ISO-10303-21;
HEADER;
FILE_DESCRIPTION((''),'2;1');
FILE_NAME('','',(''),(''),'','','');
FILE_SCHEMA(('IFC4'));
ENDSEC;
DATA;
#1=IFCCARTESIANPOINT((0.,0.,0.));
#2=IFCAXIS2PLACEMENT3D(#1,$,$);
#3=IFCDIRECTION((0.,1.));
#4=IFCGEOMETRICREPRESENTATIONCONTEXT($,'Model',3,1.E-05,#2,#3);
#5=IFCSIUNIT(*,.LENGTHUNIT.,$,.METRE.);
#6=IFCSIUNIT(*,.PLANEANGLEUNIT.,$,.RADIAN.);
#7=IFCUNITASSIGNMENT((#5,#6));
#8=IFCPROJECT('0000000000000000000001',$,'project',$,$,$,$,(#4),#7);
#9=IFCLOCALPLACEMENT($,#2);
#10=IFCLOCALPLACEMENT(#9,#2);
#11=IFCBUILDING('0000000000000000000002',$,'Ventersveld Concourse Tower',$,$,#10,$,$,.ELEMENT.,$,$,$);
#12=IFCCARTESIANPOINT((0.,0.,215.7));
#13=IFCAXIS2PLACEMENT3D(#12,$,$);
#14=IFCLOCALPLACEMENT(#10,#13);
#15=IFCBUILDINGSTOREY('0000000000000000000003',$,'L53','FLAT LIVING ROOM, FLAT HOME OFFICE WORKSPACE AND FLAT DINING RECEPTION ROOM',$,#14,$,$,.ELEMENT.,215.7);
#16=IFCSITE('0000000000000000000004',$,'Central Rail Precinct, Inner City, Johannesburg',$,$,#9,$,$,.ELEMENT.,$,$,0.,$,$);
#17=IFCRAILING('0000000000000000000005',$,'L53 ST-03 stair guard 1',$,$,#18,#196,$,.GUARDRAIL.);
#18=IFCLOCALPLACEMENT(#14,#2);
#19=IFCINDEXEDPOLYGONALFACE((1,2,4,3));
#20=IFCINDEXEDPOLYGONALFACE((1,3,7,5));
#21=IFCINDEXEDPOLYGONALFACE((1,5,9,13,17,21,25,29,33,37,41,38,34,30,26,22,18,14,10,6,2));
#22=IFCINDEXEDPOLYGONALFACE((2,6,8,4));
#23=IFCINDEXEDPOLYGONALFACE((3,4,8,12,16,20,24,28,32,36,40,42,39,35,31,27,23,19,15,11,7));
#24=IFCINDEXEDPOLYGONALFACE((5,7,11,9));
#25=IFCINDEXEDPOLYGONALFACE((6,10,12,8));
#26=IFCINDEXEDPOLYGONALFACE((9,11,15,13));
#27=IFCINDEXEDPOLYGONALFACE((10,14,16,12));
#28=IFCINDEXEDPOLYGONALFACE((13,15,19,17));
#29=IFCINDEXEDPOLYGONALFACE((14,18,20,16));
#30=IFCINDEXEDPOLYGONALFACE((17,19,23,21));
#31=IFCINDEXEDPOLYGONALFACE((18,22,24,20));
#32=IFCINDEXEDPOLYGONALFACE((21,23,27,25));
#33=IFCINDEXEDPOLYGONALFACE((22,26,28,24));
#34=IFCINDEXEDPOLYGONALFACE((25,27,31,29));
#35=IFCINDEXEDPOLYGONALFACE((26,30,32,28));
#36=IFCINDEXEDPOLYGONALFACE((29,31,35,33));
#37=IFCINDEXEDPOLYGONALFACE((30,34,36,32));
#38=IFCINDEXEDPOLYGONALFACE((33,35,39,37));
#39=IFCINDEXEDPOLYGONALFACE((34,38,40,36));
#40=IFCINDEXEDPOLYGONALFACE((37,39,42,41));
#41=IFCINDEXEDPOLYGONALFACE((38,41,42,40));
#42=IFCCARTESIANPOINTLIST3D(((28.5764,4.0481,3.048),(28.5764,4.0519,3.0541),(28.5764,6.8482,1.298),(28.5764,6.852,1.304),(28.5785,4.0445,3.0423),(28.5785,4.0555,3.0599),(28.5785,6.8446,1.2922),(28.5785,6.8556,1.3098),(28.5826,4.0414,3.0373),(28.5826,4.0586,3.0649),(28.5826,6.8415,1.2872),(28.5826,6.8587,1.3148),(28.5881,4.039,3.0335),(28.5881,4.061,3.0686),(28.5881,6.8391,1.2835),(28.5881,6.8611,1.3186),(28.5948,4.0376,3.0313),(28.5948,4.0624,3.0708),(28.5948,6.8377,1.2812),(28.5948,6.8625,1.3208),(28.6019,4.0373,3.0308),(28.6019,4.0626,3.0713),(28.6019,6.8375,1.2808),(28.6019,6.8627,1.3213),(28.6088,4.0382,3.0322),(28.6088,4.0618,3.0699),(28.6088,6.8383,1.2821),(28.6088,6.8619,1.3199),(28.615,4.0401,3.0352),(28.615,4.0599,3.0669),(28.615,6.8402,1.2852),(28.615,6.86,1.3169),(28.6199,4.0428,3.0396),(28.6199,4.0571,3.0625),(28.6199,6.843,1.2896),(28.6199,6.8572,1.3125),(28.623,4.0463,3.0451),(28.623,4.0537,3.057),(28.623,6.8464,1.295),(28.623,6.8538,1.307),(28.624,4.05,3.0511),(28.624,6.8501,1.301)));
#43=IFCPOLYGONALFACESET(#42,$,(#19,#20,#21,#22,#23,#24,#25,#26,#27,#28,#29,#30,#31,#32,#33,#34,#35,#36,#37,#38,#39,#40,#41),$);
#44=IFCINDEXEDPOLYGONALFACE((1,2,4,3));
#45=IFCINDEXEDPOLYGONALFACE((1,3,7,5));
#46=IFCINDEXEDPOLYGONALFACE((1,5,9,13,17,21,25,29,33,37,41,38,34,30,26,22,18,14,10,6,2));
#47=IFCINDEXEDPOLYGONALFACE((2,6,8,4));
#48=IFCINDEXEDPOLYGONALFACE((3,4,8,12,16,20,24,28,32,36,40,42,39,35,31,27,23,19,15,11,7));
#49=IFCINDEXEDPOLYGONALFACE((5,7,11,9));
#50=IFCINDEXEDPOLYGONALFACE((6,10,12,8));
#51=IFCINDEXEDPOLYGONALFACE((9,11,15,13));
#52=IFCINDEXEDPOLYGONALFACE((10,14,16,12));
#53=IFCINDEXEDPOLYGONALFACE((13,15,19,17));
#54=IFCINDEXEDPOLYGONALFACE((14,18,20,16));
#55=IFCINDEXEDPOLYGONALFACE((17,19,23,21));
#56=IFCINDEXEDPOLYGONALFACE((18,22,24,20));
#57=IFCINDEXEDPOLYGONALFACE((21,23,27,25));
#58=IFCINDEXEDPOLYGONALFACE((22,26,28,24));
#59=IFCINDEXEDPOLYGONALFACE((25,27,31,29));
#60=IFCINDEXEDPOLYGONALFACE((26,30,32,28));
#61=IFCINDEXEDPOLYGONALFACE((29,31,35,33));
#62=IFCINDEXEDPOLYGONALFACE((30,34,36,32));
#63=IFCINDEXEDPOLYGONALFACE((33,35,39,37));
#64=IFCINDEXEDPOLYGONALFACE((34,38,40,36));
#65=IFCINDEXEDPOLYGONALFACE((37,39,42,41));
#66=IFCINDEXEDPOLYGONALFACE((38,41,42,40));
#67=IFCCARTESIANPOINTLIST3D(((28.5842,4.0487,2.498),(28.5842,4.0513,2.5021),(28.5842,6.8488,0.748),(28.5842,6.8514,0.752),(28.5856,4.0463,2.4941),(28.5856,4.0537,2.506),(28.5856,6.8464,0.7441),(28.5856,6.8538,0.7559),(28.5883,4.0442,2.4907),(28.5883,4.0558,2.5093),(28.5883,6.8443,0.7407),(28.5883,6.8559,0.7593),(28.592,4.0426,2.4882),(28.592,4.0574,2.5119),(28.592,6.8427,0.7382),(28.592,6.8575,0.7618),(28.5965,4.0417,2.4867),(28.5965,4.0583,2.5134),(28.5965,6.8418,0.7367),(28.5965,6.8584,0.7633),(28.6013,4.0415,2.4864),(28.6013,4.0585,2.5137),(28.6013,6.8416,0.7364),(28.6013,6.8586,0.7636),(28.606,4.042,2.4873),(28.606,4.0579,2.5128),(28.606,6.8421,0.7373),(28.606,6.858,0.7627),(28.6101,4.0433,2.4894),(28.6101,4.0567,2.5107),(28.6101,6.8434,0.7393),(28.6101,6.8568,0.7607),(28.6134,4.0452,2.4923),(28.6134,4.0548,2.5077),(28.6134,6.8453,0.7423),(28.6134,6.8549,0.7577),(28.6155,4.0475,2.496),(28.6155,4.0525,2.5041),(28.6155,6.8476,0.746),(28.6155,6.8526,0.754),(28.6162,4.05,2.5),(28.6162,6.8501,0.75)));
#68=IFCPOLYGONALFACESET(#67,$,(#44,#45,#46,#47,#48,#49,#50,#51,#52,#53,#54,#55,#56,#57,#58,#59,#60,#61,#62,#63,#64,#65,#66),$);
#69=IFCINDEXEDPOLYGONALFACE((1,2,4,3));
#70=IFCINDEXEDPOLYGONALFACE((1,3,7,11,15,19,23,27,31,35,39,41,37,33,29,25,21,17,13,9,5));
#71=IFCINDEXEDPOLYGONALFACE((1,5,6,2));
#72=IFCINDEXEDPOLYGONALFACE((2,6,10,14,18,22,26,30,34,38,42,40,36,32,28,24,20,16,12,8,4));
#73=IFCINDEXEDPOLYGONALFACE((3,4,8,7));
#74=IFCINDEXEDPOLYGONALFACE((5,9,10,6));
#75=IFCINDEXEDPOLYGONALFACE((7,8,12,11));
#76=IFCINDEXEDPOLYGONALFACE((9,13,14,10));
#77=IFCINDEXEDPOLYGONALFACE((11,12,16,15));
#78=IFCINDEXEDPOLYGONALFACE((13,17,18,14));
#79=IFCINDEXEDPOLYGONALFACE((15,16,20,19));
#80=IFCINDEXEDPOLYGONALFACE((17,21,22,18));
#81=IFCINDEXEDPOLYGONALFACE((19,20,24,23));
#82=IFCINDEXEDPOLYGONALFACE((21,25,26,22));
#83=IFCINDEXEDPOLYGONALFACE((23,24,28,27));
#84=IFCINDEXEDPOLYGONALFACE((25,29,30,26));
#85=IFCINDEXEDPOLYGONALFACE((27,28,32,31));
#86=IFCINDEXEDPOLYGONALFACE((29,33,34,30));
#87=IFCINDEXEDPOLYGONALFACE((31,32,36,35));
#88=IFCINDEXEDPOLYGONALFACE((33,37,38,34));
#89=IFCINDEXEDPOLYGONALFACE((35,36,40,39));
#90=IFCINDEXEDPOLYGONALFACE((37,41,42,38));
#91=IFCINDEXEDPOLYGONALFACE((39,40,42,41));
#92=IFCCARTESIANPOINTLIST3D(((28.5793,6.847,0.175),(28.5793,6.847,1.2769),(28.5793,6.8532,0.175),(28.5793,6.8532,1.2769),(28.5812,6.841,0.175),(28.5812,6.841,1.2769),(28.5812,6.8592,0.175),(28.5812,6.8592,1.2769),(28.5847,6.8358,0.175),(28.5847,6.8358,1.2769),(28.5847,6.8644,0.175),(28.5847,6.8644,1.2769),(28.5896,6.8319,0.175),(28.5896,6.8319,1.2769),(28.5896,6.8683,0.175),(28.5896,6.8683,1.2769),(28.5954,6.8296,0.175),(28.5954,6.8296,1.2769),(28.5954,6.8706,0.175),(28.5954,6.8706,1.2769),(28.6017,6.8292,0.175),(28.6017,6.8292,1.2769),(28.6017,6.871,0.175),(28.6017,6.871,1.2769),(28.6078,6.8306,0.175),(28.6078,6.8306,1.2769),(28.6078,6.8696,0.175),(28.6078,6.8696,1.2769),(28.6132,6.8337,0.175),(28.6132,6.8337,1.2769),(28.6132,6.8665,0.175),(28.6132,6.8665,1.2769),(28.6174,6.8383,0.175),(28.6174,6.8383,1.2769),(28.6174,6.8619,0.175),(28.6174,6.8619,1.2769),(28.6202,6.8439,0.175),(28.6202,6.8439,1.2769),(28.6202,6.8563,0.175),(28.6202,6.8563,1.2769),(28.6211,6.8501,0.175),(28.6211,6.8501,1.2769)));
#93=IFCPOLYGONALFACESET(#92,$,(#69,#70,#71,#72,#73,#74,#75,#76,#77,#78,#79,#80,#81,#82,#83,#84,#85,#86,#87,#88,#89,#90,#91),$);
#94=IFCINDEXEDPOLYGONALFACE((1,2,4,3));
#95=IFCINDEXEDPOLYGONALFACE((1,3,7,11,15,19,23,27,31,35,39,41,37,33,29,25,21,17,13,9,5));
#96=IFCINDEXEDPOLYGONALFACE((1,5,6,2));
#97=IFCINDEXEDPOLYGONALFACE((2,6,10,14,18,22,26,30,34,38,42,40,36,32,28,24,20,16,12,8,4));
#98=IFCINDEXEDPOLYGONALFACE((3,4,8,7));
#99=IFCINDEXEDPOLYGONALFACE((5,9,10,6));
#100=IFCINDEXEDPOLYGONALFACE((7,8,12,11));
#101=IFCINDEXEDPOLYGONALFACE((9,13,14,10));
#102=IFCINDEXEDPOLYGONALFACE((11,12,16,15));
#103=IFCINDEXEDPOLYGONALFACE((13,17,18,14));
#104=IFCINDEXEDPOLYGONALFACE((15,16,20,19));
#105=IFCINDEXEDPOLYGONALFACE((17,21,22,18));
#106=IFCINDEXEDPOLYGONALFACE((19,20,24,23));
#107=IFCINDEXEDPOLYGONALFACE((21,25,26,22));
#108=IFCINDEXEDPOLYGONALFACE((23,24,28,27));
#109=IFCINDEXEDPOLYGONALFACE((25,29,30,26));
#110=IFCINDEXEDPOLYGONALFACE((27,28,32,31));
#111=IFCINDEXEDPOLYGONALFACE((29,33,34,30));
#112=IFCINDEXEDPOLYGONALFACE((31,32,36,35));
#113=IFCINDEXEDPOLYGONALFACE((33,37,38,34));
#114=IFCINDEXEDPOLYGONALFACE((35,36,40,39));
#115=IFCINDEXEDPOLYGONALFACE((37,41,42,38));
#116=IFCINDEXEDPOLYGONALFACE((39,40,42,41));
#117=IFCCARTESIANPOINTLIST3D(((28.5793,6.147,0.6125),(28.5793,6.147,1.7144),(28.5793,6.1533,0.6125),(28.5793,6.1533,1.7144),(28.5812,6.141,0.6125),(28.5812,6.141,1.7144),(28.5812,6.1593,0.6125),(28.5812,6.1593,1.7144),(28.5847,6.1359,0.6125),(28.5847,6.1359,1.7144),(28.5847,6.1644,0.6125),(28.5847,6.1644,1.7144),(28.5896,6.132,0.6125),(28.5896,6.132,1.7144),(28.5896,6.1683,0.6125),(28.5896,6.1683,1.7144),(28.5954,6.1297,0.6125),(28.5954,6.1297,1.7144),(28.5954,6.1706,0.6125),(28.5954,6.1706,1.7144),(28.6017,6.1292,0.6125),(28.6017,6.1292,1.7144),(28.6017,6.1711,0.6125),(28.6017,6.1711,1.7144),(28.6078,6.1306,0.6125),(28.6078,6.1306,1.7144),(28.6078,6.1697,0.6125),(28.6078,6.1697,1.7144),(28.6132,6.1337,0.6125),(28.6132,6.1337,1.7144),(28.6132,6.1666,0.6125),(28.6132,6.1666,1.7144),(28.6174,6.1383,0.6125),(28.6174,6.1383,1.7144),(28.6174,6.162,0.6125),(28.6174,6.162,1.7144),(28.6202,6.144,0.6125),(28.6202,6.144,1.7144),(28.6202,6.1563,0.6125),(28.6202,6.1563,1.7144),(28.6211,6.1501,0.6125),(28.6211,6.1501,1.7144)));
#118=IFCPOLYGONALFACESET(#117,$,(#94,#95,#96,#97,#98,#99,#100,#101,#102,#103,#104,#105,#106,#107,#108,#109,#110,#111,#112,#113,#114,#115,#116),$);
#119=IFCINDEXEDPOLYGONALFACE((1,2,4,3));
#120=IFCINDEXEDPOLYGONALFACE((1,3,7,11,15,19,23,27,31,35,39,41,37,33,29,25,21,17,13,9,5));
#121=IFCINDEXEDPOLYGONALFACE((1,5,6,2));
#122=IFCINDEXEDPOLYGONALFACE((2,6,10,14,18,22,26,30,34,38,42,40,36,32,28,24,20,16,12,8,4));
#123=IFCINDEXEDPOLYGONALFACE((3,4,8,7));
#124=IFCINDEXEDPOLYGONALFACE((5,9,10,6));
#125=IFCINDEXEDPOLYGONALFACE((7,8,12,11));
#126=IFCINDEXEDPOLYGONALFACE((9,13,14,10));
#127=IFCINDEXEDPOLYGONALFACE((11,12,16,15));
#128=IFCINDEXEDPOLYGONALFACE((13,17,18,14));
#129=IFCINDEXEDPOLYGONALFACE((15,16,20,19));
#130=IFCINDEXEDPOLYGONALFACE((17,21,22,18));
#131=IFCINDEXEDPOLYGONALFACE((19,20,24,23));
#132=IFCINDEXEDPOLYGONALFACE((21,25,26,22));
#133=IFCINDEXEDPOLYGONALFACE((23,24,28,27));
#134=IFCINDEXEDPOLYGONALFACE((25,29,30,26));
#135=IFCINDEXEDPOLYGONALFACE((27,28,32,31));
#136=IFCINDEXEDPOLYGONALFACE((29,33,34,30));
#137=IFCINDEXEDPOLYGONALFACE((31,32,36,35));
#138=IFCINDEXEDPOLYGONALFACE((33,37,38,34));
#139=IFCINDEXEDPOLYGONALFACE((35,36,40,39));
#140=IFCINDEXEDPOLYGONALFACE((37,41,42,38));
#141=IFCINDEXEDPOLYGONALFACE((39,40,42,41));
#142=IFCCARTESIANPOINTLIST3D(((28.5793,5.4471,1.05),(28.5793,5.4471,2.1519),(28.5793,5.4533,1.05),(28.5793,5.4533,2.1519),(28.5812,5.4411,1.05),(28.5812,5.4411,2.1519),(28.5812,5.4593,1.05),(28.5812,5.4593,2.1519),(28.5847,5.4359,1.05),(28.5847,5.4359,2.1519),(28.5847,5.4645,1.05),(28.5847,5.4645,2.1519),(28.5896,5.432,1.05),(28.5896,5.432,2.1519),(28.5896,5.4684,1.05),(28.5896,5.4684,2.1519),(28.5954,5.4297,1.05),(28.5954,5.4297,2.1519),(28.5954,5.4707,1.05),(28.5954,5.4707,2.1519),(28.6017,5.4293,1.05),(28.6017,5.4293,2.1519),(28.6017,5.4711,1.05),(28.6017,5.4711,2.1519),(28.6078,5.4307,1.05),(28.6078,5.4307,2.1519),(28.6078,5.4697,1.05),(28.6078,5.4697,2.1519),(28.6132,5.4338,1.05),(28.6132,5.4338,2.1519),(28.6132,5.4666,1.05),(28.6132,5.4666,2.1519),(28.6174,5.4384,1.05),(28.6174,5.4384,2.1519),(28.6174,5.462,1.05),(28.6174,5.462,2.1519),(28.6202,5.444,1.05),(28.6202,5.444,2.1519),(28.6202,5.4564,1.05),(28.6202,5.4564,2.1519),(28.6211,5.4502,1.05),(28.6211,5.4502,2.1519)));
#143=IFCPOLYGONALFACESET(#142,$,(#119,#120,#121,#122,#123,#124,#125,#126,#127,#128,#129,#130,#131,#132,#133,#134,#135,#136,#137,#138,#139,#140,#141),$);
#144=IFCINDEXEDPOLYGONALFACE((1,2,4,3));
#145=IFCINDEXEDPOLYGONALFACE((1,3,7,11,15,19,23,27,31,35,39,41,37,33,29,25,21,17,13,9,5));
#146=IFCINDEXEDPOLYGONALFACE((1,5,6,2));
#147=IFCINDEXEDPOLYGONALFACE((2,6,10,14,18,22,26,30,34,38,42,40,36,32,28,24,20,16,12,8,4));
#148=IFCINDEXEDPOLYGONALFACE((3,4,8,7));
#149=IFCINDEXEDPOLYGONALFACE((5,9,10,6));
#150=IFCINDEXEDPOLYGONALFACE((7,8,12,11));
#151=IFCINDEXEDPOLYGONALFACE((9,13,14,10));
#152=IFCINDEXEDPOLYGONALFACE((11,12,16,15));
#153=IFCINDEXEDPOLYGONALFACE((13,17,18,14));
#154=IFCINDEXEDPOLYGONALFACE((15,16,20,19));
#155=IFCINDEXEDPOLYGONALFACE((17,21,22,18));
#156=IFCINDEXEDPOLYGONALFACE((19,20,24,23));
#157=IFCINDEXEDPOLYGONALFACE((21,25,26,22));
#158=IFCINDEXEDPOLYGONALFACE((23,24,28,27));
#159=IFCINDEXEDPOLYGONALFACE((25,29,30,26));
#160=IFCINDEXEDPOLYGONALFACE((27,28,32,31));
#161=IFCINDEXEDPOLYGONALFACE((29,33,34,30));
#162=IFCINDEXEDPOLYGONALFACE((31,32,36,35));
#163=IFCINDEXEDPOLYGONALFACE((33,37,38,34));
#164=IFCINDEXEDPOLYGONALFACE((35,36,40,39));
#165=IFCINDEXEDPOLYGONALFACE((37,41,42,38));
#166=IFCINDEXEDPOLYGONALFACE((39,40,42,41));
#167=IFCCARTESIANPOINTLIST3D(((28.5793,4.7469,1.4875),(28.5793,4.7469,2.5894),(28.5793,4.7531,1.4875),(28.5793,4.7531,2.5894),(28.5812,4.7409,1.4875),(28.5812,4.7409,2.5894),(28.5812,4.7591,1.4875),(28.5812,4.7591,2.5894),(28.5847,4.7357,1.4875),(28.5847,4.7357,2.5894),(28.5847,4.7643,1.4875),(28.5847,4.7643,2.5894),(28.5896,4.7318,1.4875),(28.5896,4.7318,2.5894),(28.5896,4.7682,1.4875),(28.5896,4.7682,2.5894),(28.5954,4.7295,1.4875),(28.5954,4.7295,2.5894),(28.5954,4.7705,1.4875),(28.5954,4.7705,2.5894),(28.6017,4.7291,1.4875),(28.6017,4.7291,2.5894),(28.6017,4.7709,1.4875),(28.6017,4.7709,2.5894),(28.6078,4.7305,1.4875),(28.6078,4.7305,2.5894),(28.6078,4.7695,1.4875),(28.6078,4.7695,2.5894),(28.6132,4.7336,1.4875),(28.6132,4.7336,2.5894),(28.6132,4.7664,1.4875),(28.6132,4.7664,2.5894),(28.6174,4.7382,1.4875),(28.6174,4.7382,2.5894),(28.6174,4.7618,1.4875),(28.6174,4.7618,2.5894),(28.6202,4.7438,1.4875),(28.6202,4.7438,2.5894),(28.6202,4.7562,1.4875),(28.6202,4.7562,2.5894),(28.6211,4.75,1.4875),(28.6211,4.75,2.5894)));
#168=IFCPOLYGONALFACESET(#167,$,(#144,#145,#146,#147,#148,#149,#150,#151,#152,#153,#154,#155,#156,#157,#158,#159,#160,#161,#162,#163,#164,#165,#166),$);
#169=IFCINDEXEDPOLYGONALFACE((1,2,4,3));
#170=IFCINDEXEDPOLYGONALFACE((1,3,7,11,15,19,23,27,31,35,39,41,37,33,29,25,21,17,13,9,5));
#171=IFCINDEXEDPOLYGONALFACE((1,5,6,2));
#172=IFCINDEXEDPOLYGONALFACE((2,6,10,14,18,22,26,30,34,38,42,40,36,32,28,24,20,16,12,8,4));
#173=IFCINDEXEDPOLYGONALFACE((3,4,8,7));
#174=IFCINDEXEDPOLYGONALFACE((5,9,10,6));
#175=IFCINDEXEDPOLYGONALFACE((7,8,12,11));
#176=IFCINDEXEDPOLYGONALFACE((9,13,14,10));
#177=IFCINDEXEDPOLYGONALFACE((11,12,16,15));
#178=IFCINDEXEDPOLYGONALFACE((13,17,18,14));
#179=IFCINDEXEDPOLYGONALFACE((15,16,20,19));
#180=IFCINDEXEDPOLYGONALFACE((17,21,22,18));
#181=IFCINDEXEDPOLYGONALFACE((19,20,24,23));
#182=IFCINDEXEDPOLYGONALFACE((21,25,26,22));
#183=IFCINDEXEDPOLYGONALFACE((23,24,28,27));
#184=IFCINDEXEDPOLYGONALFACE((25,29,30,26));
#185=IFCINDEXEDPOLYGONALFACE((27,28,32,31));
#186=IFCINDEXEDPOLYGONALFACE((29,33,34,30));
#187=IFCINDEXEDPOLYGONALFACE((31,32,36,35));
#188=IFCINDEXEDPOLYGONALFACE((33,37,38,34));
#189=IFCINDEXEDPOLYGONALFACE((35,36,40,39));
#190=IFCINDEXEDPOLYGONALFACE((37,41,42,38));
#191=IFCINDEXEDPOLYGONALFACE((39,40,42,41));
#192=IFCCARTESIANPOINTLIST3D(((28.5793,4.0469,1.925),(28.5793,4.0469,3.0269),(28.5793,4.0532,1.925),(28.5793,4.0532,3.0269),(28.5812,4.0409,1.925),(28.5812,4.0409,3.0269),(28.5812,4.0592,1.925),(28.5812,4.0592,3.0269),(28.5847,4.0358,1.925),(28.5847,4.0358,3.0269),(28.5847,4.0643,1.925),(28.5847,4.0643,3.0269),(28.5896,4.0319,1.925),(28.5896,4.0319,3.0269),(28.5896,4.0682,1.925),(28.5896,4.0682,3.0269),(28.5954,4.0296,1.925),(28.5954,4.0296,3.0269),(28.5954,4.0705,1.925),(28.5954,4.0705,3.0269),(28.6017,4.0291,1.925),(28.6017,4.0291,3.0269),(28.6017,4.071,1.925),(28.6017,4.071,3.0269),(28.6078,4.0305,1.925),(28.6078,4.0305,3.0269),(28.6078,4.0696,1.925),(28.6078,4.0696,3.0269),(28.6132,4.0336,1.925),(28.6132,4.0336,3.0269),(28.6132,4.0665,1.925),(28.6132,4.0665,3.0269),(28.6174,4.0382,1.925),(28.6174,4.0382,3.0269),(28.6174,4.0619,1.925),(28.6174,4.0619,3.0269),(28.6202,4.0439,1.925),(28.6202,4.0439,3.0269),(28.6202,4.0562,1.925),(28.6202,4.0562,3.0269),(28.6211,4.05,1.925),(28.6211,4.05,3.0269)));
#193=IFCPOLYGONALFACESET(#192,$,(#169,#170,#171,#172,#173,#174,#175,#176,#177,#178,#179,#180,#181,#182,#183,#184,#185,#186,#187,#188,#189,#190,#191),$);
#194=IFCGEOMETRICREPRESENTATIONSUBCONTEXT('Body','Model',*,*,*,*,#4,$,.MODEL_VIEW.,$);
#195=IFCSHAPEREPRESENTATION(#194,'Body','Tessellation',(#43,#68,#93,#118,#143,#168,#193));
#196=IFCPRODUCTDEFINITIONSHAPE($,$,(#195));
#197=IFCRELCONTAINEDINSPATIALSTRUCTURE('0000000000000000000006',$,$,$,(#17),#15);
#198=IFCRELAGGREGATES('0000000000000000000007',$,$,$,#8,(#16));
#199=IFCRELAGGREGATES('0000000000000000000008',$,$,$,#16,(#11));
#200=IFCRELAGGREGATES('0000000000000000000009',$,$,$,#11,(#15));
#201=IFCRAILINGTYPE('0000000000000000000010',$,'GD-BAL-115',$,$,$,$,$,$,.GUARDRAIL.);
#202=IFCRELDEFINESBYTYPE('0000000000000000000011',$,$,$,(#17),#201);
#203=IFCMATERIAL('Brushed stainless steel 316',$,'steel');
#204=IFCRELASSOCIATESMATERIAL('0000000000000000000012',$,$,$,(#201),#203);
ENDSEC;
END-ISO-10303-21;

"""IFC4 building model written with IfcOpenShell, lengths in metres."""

from ifc_helpers import new_model, si_unit, direction, frame, origin, origin_2d, place, context, subcontext, project, spatial, circle, extrude, material, type_object, element, save


model = new_model("IFC4")

# Units and contexts
model_context = context("Model", 3, precision=1e-05, world=origin(), true_north=direction((0.0, 1.0)))
body_context = subcontext(model_context, "Body", "Model", "MODEL_VIEW")
ifc_project = project(units=[si_unit("LENGTHUNIT", "METRE"), si_unit("PLANEANGLEUNIT", "RADIAN")], contexts=[model_context])

# Site, building, storey
site_placement = place(None, origin())
site = spatial("IfcSite", under=ifc_project, at=site_placement, Name="Central Rail Precinct, Inner City, Johannesburg", CompositionType="ELEMENT", RefElevation=0.0)
building_placement = place(site_placement, origin())
building = spatial("IfcBuilding", under=site, at=building_placement, Name="Ventersveld Concourse Tower", CompositionType="ELEMENT")
storey_placement = place(building_placement, frame((0.0, 0.0, 215.7)))
storey = spatial("IfcBuildingStorey", under=building, at=storey_placement, Name="L53", Description="FLAT LIVING ROOM, FLAT HOME OFFICE WORKSPACE AND FLAT DINING RECEPTION ROOM", CompositionType="ELEMENT", Elevation=215.7)

# Shared definitions
ifc_material_1 = material(Name="Brushed stainless steel 316", Category="steel")

# Railing
railing_type_1 = type_object("IfcRailingType", Name="GD-BAL-115", PredefinedType="GUARDRAIL", material=ifc_material_1)
railing_1_placement = place(storey_placement, frame((28.6001, 6.8501, 0.175)))
element("IfcRailing", 1, at=railing_1_placement, inside=storey, type_object=railing_type_1, Name="L53 ST-03 stair guard 1", PredefinedType="GUARDRAIL", context=body_context, shape_type="SweptSolid", body=[
    extrude(circle(Radius=0.0239, at=origin_2d()), frame((0.0, 0.0, 1.126), z_axis=(0.0, -0.848002, 0.529992), x_axis=(1.0, 0.0, 0.0)), (0.0, 0.0, 1.0), 3.302),
    extrude(circle(Radius=0.0161, at=origin_2d()), frame((0.0, 0.0, 0.575), z_axis=(0.0, -0.848002, 0.529992), x_axis=(1.0, 0.0, 0.0)), (0.0, 0.0, 1.0), 3.302),
    extrude(circle(Radius=0.021, at=origin_2d()), origin(), (0.0, 0.0, 1.0), 1.1018),
    extrude(circle(Radius=0.021, at=origin_2d()), frame((0.0, -0.7, 0.4375)), (0.0, 0.0, 1.0), 1.1018),
    extrude(circle(Radius=0.021, at=origin_2d()), frame((0.0, -1.3999, 0.875)), (0.0, 0.0, 1.0), 1.1018),
    extrude(circle(Radius=0.021, at=origin_2d()), frame((0.0, -2.1001, 1.3125)), (0.0, 0.0, 1.0), 1.1018),
    extrude(circle(Radius=0.021, at=origin_2d()), frame((0.0, -2.8, 1.75)), (0.0, 0.0, 1.0), 1.1018),
])

save(model, "model.ifc")
